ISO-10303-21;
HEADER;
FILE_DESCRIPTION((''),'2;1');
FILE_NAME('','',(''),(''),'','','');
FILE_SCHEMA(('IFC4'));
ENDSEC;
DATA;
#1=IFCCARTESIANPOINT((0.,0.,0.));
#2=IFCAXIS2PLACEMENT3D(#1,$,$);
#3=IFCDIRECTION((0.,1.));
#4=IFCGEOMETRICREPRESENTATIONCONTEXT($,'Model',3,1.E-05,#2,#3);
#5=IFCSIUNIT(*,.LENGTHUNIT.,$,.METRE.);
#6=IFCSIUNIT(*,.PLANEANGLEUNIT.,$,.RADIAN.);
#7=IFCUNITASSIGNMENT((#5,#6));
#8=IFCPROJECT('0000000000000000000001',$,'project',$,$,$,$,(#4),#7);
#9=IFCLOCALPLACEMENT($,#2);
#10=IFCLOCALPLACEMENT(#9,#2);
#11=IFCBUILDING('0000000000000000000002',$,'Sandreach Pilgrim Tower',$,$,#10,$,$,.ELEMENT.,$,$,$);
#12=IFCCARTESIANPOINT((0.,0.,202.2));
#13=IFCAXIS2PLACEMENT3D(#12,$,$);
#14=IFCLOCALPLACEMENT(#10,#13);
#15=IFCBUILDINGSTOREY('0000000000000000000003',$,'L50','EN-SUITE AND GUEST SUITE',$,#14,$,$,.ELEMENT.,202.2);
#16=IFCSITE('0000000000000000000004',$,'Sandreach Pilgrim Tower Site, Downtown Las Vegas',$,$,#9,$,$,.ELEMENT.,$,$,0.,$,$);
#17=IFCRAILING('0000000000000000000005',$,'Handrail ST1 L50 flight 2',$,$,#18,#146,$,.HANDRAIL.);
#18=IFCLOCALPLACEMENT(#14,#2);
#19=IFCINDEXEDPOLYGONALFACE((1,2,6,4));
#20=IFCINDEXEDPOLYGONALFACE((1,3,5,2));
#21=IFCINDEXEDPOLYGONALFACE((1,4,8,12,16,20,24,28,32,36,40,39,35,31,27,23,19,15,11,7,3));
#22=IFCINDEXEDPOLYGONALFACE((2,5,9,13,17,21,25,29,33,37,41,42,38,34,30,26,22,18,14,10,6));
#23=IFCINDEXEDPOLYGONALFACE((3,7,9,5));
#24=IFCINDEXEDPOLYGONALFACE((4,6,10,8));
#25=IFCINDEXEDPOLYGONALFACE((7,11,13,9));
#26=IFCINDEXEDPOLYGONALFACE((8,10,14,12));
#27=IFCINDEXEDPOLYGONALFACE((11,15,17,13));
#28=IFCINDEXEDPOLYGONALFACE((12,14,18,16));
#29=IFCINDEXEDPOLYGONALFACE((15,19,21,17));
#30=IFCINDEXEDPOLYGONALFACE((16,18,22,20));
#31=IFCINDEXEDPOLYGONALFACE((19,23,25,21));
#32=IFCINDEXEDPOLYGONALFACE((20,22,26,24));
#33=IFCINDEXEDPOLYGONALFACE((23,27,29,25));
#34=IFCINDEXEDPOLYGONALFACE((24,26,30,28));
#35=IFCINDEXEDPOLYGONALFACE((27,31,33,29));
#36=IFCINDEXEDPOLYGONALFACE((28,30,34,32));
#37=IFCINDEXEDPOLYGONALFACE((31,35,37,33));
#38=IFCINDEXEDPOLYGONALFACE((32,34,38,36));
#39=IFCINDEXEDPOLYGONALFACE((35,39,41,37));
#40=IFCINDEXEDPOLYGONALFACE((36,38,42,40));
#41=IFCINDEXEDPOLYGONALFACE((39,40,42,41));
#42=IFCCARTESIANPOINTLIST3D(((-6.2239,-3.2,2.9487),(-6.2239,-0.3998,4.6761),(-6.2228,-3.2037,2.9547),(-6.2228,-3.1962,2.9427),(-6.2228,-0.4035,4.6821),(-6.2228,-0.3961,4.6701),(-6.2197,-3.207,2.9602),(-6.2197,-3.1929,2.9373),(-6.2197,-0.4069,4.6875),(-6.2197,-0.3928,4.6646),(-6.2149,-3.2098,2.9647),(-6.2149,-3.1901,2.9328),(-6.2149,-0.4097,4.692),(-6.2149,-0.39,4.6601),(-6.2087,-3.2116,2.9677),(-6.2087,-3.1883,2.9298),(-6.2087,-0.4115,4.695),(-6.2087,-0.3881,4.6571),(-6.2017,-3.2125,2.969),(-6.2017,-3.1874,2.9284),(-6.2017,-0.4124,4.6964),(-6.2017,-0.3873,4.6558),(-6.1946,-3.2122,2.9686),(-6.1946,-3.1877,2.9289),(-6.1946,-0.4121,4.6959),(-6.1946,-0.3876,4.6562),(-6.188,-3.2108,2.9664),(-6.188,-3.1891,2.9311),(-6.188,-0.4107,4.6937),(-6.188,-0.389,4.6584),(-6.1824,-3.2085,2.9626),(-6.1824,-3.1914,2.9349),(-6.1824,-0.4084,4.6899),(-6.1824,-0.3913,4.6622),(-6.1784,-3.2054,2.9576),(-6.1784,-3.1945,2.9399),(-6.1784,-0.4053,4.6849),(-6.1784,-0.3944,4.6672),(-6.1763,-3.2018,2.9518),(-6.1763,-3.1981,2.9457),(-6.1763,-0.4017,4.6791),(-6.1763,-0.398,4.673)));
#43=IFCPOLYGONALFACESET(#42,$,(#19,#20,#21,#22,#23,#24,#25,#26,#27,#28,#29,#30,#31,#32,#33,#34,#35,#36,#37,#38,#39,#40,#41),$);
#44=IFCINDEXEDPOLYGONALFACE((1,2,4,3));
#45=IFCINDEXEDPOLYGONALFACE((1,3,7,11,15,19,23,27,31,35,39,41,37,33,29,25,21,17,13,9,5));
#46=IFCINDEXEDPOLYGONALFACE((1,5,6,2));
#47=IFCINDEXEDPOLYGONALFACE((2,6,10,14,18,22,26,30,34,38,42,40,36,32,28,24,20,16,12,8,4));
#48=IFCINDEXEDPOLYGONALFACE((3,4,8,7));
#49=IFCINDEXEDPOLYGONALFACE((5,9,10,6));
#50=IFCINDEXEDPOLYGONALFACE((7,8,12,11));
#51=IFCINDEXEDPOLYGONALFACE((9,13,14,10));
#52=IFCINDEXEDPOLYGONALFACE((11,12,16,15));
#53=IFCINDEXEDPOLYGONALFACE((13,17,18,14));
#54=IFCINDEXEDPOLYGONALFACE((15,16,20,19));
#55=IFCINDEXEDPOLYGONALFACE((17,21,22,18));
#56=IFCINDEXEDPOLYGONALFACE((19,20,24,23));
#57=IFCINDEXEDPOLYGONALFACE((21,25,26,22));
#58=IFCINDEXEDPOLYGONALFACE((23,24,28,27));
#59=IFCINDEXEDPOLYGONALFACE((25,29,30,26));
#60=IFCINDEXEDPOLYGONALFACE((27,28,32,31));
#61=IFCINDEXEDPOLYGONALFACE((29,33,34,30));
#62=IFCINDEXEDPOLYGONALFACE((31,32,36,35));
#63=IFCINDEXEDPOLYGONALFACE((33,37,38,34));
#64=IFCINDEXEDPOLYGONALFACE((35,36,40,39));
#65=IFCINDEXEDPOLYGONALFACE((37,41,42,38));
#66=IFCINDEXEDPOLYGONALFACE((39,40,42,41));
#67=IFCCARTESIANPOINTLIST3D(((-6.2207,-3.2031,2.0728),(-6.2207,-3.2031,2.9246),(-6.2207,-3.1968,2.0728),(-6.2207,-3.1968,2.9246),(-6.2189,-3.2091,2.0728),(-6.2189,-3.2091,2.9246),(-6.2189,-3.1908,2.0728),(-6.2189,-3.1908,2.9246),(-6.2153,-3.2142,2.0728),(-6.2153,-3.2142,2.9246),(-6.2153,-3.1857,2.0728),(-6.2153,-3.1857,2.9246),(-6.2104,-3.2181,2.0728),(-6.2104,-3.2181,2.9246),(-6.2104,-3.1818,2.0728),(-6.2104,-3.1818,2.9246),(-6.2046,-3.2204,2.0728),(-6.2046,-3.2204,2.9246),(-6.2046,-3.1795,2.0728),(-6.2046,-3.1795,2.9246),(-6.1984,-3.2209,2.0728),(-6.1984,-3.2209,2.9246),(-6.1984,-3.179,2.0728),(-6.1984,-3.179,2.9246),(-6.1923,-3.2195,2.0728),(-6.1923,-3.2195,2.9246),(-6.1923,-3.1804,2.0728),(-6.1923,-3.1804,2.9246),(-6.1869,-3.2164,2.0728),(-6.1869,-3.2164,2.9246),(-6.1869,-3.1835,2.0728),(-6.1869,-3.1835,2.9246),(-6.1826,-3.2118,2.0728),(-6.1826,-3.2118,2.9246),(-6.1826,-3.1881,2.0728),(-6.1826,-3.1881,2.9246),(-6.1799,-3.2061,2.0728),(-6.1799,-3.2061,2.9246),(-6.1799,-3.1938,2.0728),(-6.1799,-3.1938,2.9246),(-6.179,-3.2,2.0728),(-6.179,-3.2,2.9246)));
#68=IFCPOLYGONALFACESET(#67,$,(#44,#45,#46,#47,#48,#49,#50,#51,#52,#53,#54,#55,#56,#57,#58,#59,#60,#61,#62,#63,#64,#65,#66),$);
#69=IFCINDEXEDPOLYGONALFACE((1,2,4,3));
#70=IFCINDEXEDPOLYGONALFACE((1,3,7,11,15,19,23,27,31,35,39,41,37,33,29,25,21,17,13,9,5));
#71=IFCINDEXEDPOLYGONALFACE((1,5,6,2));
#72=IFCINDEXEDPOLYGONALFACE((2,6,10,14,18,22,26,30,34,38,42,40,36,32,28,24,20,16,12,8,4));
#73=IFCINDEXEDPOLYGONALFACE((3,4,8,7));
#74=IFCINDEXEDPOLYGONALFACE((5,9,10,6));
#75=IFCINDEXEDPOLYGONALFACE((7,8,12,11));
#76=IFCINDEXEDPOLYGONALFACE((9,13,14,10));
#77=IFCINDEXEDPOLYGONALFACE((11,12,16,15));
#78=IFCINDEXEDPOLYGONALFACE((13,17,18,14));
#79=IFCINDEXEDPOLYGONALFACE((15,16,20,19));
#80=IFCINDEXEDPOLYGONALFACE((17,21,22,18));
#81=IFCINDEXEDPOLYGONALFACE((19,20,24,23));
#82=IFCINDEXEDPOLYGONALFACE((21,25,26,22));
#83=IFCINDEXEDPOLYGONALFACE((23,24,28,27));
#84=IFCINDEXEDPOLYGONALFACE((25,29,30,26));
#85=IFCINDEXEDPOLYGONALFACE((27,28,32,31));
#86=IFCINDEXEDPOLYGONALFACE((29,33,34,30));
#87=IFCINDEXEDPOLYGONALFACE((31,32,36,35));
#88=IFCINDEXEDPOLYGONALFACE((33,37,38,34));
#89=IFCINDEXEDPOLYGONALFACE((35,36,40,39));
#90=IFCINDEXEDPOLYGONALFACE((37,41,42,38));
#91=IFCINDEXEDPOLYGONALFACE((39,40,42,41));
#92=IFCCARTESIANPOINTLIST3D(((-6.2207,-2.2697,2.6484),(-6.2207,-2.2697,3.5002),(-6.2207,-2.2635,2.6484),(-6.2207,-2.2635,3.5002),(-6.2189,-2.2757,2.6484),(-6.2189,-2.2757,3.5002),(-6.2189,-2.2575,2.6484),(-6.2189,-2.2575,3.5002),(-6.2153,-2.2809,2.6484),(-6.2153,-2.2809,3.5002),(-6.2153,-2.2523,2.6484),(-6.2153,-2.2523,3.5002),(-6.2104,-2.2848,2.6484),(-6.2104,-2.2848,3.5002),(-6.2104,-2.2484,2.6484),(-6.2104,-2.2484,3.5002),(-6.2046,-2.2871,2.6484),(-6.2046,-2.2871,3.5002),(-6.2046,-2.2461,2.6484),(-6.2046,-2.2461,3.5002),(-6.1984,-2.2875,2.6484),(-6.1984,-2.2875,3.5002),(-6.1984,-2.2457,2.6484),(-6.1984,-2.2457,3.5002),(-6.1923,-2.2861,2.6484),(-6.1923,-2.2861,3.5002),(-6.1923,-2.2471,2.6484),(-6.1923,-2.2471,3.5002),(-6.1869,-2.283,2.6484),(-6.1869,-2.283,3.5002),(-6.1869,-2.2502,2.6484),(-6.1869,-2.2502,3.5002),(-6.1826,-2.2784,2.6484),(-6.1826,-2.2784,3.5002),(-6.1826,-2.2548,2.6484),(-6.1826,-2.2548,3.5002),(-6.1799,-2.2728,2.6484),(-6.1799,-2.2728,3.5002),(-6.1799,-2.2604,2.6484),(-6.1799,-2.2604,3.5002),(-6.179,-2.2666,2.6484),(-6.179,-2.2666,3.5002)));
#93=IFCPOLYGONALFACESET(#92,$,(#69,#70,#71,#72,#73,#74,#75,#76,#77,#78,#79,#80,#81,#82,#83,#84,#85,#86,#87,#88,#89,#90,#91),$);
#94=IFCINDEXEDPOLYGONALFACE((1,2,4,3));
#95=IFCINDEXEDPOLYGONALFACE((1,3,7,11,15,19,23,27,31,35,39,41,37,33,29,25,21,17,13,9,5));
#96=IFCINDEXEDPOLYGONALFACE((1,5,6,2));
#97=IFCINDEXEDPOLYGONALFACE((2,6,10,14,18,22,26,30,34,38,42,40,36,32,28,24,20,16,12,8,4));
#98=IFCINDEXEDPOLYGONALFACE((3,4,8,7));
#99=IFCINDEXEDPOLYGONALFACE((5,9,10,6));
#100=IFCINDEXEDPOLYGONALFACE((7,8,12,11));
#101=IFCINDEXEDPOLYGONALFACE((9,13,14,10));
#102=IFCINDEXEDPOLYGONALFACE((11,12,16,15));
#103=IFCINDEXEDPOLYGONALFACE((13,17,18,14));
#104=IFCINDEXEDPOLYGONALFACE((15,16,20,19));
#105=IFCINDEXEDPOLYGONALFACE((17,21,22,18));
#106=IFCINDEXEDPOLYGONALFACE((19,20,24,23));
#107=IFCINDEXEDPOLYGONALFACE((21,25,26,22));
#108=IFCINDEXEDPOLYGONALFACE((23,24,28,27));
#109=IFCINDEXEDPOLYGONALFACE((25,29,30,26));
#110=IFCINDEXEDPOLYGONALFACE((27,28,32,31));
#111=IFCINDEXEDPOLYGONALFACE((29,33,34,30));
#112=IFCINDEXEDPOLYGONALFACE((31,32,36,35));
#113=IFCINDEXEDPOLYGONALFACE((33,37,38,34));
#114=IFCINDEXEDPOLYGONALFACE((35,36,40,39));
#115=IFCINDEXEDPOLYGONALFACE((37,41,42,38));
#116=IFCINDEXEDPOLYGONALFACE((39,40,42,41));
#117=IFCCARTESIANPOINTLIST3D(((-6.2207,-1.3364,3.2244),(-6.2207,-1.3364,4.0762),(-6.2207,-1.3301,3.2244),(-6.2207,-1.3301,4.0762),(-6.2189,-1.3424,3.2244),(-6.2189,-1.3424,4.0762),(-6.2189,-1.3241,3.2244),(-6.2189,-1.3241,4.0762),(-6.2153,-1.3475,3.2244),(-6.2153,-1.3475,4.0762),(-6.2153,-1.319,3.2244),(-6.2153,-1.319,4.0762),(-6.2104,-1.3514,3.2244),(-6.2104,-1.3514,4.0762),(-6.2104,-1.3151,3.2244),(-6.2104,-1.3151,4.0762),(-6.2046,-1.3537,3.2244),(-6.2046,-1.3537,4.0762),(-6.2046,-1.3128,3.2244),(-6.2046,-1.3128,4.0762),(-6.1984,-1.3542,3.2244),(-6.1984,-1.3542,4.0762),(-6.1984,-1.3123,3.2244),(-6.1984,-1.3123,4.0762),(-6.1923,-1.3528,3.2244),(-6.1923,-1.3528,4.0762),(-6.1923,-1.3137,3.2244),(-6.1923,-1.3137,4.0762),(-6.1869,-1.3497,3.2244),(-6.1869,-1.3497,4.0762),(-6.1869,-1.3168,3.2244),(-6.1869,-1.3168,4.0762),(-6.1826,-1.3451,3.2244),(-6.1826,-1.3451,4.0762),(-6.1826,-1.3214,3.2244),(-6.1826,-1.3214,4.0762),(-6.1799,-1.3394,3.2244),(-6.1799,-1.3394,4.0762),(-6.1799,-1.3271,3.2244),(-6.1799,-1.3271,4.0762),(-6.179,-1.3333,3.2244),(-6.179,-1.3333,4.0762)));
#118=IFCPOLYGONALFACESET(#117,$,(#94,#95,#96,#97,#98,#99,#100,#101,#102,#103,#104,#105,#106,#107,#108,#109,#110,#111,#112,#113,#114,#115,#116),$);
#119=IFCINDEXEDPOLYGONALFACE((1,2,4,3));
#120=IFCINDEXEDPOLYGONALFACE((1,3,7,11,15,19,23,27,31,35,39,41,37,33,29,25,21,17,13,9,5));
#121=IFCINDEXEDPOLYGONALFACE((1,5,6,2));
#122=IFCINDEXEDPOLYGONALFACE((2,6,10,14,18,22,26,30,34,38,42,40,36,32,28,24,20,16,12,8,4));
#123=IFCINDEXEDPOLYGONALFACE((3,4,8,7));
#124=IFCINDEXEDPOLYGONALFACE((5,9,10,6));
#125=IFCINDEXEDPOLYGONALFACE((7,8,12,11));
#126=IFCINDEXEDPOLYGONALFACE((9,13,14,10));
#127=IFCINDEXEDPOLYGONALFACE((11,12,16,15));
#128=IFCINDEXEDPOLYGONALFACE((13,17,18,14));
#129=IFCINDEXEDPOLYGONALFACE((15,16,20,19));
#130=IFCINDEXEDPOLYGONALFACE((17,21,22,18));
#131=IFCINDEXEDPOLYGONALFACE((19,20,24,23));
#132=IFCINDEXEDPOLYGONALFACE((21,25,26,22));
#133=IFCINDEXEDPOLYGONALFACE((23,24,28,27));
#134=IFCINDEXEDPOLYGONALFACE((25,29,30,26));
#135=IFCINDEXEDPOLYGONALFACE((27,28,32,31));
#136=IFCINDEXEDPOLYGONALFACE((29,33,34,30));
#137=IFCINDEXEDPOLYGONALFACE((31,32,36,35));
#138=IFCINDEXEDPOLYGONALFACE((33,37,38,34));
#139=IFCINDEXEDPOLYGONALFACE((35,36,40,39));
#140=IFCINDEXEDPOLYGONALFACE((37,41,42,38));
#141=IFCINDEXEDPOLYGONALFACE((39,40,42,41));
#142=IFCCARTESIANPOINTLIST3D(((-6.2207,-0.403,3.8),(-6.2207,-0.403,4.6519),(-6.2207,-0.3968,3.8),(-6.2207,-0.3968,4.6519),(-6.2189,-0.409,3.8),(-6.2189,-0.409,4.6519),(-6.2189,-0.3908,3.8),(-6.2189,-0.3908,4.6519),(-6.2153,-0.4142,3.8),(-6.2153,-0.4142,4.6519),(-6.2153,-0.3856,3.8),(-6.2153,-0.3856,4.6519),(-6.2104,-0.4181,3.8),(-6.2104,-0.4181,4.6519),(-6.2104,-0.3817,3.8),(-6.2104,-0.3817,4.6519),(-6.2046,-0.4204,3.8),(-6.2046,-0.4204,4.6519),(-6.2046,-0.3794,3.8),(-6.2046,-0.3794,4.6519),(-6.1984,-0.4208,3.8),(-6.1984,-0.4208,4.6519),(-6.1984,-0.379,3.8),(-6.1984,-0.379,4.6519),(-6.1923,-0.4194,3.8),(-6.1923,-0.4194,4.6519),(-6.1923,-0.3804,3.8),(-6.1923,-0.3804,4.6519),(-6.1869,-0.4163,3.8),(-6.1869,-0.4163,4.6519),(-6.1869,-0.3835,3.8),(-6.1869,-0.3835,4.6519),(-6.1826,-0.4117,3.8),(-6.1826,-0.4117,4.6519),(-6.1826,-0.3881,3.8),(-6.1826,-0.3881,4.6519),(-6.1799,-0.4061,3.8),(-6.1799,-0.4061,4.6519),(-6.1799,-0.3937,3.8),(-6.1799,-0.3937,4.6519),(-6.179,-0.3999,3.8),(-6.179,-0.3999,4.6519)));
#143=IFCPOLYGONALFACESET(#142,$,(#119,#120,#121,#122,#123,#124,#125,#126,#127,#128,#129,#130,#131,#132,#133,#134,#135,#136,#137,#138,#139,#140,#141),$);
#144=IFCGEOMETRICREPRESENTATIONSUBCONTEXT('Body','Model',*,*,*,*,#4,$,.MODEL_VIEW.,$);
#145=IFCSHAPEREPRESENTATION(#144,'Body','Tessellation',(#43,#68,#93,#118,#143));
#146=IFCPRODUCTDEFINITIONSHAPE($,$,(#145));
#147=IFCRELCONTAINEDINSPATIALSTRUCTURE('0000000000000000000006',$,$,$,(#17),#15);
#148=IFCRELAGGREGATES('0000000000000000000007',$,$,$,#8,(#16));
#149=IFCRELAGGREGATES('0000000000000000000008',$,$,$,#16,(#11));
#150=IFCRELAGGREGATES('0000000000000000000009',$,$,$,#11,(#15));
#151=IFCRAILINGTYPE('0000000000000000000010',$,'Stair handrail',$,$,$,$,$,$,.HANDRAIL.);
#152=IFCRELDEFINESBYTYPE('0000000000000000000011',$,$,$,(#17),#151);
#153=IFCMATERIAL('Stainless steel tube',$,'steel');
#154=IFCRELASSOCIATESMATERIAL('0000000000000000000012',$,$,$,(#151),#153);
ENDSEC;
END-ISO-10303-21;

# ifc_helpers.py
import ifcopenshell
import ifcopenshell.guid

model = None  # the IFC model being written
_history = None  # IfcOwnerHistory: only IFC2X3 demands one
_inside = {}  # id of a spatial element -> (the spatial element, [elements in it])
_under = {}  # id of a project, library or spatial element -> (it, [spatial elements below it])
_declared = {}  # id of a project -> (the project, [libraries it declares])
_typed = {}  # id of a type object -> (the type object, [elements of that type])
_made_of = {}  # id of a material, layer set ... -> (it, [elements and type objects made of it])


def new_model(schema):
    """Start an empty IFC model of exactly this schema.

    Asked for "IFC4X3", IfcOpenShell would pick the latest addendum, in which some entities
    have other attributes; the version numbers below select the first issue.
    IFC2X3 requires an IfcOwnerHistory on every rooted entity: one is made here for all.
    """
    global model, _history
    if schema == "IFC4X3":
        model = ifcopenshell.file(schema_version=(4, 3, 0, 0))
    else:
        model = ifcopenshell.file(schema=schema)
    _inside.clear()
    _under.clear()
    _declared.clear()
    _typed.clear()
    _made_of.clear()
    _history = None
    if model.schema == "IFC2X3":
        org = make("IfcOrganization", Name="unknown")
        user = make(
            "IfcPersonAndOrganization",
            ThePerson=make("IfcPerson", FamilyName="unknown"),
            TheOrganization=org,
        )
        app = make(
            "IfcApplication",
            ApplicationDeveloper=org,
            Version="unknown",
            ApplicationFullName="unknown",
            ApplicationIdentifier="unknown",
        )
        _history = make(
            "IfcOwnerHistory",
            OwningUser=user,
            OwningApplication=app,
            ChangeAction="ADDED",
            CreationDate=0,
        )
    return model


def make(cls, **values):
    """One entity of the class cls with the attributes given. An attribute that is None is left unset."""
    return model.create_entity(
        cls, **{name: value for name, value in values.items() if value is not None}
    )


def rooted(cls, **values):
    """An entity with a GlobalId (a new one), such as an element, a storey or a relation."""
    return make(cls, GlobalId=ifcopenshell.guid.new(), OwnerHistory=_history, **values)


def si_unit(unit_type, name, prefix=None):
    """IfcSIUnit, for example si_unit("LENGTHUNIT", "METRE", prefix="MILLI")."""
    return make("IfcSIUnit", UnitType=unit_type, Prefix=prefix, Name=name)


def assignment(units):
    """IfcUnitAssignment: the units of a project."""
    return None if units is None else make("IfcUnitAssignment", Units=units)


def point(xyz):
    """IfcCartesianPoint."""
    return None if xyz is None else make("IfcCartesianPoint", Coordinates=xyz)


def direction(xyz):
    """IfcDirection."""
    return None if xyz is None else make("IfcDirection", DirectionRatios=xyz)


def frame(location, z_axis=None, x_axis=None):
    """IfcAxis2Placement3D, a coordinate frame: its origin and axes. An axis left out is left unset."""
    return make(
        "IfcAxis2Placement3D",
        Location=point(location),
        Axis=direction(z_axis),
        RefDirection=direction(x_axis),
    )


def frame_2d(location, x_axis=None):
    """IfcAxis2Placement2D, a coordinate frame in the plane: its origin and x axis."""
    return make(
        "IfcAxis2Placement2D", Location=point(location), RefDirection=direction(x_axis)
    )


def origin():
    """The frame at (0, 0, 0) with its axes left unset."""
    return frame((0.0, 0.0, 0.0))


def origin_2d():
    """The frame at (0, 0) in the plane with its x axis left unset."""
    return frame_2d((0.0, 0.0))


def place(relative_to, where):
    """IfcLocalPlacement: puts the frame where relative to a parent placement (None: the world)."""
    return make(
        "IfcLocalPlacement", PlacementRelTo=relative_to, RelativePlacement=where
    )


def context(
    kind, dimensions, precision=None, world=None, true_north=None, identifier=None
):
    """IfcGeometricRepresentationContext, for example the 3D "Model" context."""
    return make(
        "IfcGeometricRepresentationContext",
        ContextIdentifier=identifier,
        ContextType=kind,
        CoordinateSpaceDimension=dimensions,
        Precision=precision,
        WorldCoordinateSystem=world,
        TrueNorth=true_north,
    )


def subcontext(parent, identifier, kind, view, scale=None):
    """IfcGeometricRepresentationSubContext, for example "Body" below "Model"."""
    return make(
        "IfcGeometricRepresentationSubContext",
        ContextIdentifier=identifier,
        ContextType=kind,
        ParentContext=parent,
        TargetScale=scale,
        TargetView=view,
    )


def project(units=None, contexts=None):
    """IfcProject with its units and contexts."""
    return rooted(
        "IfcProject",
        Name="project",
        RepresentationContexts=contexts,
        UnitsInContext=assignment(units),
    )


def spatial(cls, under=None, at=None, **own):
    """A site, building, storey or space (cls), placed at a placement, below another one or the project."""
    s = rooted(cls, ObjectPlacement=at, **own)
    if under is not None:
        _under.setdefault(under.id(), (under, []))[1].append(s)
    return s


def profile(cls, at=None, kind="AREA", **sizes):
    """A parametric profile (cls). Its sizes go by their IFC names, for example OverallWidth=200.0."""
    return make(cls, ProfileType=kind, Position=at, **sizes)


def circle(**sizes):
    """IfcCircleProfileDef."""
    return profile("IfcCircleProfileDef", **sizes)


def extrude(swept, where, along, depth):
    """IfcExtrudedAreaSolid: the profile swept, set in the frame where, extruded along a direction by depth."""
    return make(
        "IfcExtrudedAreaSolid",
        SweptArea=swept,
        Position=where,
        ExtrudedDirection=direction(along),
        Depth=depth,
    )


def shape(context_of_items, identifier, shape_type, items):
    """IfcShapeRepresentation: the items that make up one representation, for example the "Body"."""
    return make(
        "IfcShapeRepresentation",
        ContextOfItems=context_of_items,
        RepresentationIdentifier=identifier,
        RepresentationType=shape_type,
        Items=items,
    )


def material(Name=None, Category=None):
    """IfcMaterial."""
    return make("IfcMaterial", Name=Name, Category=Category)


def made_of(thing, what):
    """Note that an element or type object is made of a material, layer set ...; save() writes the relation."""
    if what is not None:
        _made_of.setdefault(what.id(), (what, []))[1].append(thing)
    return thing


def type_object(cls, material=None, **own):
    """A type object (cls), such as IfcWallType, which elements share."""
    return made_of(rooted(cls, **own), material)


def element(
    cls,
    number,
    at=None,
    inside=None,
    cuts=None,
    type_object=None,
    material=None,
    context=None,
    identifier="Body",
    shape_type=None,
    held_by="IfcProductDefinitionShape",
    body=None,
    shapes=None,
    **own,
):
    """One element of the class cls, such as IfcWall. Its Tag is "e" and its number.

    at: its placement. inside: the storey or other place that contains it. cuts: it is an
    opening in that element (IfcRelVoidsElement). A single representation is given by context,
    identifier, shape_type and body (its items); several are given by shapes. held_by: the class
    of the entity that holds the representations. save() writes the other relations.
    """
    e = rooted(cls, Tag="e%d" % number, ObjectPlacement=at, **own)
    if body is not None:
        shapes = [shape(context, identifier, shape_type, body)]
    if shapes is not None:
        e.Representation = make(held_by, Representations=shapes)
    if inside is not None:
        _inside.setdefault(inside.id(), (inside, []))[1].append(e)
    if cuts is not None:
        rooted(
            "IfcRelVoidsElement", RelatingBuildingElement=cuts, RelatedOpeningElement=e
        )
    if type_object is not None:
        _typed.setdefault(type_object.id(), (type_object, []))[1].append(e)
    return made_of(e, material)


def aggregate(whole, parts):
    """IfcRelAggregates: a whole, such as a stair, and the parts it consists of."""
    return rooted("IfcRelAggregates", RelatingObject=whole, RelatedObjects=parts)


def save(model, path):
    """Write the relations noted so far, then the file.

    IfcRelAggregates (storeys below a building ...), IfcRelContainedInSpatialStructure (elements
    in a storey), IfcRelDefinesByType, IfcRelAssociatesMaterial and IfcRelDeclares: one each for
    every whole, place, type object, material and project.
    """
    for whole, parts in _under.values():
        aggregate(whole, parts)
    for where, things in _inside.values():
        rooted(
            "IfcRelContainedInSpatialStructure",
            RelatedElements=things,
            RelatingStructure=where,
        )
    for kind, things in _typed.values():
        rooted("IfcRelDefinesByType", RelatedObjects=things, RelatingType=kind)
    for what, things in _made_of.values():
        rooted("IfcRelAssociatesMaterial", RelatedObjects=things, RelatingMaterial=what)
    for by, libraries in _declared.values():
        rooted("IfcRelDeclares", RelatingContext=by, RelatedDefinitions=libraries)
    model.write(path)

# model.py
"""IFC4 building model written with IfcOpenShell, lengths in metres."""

from ifc_helpers import new_model, si_unit, direction, frame, origin, origin_2d, place, context, subcontext, project, spatial, circle, extrude, material, type_object, element, save


model = new_model("IFC4")

# Units and contexts
model_context = context("Model", 3, precision=1e-05, world=origin(), true_north=direction((0.0, 1.0)))
body_context = subcontext(model_context, "Body", "Model", "MODEL_VIEW")
ifc_project = project(units=[si_unit("LENGTHUNIT", "METRE"), si_unit("PLANEANGLEUNIT", "RADIAN")], contexts=[model_context])

# Site, building, storey
site_placement = place(None, origin())
site = spatial("IfcSite", under=ifc_project, at=site_placement, Name="Sandreach Pilgrim Tower Site, Downtown Las Vegas", CompositionType="ELEMENT", RefElevation=0.0)
building_placement = place(site_placement, origin())
building = spatial("IfcBuilding", under=site, at=building_placement, Name="Sandreach Pilgrim Tower", CompositionType="ELEMENT")
storey_placement = place(building_placement, frame((0.0, 0.0, 202.2)))
storey = spatial("IfcBuildingStorey", under=building, at=storey_placement, Name="L50", Description="EN-SUITE AND GUEST SUITE", CompositionType="ELEMENT", Elevation=202.2)

# Railing
ifc_material_1 = material(Name="Stainless steel tube", Category="steel")
railing_type = type_object("IfcRailingType", Name="Stair handrail", PredefinedType="HANDRAIL", material=ifc_material_1)
for number, where, name in (
    (1, (-6.2, -3.2, 2.0728), "Handrail ST1 L50 flight 2"),
):
    element("IfcRailing", number, at=place(storey_placement, frame(where)), inside=storey, type_object=railing_type, Name=name, PredefinedType="HANDRAIL", context=body_context, shape_type="SweptSolid", body=[
        extrude(circle(Radius=0.0239, at=origin_2d()), frame((0.0, 0.0, 0.876), z_axis=(0.0, 0.85109, 0.52502), x_axis=(-1.0, 0.0, 0.0)), (0.0, 0.0, 1.0), 3.29),
        extrude(circle(Radius=0.021, at=origin_2d()), origin(), (0.0, 0.0, 1.0), 0.8518),
        extrude(circle(Radius=0.021, at=origin_2d()), frame((0.0, 0.9333, 0.5757)), (0.0, 0.0, 1.0), 0.8518),
        extrude(circle(Radius=0.021, at=origin_2d()), frame((0.0, 1.8667, 1.1516)), (0.0, 0.0, 1.0), 0.8518),
        extrude(circle(Radius=0.021, at=origin_2d()), frame((0.0, 2.8, 1.7273)), (0.0, 0.0, 1.0), 0.8518),
    ])

save(model, "model.ifc")
